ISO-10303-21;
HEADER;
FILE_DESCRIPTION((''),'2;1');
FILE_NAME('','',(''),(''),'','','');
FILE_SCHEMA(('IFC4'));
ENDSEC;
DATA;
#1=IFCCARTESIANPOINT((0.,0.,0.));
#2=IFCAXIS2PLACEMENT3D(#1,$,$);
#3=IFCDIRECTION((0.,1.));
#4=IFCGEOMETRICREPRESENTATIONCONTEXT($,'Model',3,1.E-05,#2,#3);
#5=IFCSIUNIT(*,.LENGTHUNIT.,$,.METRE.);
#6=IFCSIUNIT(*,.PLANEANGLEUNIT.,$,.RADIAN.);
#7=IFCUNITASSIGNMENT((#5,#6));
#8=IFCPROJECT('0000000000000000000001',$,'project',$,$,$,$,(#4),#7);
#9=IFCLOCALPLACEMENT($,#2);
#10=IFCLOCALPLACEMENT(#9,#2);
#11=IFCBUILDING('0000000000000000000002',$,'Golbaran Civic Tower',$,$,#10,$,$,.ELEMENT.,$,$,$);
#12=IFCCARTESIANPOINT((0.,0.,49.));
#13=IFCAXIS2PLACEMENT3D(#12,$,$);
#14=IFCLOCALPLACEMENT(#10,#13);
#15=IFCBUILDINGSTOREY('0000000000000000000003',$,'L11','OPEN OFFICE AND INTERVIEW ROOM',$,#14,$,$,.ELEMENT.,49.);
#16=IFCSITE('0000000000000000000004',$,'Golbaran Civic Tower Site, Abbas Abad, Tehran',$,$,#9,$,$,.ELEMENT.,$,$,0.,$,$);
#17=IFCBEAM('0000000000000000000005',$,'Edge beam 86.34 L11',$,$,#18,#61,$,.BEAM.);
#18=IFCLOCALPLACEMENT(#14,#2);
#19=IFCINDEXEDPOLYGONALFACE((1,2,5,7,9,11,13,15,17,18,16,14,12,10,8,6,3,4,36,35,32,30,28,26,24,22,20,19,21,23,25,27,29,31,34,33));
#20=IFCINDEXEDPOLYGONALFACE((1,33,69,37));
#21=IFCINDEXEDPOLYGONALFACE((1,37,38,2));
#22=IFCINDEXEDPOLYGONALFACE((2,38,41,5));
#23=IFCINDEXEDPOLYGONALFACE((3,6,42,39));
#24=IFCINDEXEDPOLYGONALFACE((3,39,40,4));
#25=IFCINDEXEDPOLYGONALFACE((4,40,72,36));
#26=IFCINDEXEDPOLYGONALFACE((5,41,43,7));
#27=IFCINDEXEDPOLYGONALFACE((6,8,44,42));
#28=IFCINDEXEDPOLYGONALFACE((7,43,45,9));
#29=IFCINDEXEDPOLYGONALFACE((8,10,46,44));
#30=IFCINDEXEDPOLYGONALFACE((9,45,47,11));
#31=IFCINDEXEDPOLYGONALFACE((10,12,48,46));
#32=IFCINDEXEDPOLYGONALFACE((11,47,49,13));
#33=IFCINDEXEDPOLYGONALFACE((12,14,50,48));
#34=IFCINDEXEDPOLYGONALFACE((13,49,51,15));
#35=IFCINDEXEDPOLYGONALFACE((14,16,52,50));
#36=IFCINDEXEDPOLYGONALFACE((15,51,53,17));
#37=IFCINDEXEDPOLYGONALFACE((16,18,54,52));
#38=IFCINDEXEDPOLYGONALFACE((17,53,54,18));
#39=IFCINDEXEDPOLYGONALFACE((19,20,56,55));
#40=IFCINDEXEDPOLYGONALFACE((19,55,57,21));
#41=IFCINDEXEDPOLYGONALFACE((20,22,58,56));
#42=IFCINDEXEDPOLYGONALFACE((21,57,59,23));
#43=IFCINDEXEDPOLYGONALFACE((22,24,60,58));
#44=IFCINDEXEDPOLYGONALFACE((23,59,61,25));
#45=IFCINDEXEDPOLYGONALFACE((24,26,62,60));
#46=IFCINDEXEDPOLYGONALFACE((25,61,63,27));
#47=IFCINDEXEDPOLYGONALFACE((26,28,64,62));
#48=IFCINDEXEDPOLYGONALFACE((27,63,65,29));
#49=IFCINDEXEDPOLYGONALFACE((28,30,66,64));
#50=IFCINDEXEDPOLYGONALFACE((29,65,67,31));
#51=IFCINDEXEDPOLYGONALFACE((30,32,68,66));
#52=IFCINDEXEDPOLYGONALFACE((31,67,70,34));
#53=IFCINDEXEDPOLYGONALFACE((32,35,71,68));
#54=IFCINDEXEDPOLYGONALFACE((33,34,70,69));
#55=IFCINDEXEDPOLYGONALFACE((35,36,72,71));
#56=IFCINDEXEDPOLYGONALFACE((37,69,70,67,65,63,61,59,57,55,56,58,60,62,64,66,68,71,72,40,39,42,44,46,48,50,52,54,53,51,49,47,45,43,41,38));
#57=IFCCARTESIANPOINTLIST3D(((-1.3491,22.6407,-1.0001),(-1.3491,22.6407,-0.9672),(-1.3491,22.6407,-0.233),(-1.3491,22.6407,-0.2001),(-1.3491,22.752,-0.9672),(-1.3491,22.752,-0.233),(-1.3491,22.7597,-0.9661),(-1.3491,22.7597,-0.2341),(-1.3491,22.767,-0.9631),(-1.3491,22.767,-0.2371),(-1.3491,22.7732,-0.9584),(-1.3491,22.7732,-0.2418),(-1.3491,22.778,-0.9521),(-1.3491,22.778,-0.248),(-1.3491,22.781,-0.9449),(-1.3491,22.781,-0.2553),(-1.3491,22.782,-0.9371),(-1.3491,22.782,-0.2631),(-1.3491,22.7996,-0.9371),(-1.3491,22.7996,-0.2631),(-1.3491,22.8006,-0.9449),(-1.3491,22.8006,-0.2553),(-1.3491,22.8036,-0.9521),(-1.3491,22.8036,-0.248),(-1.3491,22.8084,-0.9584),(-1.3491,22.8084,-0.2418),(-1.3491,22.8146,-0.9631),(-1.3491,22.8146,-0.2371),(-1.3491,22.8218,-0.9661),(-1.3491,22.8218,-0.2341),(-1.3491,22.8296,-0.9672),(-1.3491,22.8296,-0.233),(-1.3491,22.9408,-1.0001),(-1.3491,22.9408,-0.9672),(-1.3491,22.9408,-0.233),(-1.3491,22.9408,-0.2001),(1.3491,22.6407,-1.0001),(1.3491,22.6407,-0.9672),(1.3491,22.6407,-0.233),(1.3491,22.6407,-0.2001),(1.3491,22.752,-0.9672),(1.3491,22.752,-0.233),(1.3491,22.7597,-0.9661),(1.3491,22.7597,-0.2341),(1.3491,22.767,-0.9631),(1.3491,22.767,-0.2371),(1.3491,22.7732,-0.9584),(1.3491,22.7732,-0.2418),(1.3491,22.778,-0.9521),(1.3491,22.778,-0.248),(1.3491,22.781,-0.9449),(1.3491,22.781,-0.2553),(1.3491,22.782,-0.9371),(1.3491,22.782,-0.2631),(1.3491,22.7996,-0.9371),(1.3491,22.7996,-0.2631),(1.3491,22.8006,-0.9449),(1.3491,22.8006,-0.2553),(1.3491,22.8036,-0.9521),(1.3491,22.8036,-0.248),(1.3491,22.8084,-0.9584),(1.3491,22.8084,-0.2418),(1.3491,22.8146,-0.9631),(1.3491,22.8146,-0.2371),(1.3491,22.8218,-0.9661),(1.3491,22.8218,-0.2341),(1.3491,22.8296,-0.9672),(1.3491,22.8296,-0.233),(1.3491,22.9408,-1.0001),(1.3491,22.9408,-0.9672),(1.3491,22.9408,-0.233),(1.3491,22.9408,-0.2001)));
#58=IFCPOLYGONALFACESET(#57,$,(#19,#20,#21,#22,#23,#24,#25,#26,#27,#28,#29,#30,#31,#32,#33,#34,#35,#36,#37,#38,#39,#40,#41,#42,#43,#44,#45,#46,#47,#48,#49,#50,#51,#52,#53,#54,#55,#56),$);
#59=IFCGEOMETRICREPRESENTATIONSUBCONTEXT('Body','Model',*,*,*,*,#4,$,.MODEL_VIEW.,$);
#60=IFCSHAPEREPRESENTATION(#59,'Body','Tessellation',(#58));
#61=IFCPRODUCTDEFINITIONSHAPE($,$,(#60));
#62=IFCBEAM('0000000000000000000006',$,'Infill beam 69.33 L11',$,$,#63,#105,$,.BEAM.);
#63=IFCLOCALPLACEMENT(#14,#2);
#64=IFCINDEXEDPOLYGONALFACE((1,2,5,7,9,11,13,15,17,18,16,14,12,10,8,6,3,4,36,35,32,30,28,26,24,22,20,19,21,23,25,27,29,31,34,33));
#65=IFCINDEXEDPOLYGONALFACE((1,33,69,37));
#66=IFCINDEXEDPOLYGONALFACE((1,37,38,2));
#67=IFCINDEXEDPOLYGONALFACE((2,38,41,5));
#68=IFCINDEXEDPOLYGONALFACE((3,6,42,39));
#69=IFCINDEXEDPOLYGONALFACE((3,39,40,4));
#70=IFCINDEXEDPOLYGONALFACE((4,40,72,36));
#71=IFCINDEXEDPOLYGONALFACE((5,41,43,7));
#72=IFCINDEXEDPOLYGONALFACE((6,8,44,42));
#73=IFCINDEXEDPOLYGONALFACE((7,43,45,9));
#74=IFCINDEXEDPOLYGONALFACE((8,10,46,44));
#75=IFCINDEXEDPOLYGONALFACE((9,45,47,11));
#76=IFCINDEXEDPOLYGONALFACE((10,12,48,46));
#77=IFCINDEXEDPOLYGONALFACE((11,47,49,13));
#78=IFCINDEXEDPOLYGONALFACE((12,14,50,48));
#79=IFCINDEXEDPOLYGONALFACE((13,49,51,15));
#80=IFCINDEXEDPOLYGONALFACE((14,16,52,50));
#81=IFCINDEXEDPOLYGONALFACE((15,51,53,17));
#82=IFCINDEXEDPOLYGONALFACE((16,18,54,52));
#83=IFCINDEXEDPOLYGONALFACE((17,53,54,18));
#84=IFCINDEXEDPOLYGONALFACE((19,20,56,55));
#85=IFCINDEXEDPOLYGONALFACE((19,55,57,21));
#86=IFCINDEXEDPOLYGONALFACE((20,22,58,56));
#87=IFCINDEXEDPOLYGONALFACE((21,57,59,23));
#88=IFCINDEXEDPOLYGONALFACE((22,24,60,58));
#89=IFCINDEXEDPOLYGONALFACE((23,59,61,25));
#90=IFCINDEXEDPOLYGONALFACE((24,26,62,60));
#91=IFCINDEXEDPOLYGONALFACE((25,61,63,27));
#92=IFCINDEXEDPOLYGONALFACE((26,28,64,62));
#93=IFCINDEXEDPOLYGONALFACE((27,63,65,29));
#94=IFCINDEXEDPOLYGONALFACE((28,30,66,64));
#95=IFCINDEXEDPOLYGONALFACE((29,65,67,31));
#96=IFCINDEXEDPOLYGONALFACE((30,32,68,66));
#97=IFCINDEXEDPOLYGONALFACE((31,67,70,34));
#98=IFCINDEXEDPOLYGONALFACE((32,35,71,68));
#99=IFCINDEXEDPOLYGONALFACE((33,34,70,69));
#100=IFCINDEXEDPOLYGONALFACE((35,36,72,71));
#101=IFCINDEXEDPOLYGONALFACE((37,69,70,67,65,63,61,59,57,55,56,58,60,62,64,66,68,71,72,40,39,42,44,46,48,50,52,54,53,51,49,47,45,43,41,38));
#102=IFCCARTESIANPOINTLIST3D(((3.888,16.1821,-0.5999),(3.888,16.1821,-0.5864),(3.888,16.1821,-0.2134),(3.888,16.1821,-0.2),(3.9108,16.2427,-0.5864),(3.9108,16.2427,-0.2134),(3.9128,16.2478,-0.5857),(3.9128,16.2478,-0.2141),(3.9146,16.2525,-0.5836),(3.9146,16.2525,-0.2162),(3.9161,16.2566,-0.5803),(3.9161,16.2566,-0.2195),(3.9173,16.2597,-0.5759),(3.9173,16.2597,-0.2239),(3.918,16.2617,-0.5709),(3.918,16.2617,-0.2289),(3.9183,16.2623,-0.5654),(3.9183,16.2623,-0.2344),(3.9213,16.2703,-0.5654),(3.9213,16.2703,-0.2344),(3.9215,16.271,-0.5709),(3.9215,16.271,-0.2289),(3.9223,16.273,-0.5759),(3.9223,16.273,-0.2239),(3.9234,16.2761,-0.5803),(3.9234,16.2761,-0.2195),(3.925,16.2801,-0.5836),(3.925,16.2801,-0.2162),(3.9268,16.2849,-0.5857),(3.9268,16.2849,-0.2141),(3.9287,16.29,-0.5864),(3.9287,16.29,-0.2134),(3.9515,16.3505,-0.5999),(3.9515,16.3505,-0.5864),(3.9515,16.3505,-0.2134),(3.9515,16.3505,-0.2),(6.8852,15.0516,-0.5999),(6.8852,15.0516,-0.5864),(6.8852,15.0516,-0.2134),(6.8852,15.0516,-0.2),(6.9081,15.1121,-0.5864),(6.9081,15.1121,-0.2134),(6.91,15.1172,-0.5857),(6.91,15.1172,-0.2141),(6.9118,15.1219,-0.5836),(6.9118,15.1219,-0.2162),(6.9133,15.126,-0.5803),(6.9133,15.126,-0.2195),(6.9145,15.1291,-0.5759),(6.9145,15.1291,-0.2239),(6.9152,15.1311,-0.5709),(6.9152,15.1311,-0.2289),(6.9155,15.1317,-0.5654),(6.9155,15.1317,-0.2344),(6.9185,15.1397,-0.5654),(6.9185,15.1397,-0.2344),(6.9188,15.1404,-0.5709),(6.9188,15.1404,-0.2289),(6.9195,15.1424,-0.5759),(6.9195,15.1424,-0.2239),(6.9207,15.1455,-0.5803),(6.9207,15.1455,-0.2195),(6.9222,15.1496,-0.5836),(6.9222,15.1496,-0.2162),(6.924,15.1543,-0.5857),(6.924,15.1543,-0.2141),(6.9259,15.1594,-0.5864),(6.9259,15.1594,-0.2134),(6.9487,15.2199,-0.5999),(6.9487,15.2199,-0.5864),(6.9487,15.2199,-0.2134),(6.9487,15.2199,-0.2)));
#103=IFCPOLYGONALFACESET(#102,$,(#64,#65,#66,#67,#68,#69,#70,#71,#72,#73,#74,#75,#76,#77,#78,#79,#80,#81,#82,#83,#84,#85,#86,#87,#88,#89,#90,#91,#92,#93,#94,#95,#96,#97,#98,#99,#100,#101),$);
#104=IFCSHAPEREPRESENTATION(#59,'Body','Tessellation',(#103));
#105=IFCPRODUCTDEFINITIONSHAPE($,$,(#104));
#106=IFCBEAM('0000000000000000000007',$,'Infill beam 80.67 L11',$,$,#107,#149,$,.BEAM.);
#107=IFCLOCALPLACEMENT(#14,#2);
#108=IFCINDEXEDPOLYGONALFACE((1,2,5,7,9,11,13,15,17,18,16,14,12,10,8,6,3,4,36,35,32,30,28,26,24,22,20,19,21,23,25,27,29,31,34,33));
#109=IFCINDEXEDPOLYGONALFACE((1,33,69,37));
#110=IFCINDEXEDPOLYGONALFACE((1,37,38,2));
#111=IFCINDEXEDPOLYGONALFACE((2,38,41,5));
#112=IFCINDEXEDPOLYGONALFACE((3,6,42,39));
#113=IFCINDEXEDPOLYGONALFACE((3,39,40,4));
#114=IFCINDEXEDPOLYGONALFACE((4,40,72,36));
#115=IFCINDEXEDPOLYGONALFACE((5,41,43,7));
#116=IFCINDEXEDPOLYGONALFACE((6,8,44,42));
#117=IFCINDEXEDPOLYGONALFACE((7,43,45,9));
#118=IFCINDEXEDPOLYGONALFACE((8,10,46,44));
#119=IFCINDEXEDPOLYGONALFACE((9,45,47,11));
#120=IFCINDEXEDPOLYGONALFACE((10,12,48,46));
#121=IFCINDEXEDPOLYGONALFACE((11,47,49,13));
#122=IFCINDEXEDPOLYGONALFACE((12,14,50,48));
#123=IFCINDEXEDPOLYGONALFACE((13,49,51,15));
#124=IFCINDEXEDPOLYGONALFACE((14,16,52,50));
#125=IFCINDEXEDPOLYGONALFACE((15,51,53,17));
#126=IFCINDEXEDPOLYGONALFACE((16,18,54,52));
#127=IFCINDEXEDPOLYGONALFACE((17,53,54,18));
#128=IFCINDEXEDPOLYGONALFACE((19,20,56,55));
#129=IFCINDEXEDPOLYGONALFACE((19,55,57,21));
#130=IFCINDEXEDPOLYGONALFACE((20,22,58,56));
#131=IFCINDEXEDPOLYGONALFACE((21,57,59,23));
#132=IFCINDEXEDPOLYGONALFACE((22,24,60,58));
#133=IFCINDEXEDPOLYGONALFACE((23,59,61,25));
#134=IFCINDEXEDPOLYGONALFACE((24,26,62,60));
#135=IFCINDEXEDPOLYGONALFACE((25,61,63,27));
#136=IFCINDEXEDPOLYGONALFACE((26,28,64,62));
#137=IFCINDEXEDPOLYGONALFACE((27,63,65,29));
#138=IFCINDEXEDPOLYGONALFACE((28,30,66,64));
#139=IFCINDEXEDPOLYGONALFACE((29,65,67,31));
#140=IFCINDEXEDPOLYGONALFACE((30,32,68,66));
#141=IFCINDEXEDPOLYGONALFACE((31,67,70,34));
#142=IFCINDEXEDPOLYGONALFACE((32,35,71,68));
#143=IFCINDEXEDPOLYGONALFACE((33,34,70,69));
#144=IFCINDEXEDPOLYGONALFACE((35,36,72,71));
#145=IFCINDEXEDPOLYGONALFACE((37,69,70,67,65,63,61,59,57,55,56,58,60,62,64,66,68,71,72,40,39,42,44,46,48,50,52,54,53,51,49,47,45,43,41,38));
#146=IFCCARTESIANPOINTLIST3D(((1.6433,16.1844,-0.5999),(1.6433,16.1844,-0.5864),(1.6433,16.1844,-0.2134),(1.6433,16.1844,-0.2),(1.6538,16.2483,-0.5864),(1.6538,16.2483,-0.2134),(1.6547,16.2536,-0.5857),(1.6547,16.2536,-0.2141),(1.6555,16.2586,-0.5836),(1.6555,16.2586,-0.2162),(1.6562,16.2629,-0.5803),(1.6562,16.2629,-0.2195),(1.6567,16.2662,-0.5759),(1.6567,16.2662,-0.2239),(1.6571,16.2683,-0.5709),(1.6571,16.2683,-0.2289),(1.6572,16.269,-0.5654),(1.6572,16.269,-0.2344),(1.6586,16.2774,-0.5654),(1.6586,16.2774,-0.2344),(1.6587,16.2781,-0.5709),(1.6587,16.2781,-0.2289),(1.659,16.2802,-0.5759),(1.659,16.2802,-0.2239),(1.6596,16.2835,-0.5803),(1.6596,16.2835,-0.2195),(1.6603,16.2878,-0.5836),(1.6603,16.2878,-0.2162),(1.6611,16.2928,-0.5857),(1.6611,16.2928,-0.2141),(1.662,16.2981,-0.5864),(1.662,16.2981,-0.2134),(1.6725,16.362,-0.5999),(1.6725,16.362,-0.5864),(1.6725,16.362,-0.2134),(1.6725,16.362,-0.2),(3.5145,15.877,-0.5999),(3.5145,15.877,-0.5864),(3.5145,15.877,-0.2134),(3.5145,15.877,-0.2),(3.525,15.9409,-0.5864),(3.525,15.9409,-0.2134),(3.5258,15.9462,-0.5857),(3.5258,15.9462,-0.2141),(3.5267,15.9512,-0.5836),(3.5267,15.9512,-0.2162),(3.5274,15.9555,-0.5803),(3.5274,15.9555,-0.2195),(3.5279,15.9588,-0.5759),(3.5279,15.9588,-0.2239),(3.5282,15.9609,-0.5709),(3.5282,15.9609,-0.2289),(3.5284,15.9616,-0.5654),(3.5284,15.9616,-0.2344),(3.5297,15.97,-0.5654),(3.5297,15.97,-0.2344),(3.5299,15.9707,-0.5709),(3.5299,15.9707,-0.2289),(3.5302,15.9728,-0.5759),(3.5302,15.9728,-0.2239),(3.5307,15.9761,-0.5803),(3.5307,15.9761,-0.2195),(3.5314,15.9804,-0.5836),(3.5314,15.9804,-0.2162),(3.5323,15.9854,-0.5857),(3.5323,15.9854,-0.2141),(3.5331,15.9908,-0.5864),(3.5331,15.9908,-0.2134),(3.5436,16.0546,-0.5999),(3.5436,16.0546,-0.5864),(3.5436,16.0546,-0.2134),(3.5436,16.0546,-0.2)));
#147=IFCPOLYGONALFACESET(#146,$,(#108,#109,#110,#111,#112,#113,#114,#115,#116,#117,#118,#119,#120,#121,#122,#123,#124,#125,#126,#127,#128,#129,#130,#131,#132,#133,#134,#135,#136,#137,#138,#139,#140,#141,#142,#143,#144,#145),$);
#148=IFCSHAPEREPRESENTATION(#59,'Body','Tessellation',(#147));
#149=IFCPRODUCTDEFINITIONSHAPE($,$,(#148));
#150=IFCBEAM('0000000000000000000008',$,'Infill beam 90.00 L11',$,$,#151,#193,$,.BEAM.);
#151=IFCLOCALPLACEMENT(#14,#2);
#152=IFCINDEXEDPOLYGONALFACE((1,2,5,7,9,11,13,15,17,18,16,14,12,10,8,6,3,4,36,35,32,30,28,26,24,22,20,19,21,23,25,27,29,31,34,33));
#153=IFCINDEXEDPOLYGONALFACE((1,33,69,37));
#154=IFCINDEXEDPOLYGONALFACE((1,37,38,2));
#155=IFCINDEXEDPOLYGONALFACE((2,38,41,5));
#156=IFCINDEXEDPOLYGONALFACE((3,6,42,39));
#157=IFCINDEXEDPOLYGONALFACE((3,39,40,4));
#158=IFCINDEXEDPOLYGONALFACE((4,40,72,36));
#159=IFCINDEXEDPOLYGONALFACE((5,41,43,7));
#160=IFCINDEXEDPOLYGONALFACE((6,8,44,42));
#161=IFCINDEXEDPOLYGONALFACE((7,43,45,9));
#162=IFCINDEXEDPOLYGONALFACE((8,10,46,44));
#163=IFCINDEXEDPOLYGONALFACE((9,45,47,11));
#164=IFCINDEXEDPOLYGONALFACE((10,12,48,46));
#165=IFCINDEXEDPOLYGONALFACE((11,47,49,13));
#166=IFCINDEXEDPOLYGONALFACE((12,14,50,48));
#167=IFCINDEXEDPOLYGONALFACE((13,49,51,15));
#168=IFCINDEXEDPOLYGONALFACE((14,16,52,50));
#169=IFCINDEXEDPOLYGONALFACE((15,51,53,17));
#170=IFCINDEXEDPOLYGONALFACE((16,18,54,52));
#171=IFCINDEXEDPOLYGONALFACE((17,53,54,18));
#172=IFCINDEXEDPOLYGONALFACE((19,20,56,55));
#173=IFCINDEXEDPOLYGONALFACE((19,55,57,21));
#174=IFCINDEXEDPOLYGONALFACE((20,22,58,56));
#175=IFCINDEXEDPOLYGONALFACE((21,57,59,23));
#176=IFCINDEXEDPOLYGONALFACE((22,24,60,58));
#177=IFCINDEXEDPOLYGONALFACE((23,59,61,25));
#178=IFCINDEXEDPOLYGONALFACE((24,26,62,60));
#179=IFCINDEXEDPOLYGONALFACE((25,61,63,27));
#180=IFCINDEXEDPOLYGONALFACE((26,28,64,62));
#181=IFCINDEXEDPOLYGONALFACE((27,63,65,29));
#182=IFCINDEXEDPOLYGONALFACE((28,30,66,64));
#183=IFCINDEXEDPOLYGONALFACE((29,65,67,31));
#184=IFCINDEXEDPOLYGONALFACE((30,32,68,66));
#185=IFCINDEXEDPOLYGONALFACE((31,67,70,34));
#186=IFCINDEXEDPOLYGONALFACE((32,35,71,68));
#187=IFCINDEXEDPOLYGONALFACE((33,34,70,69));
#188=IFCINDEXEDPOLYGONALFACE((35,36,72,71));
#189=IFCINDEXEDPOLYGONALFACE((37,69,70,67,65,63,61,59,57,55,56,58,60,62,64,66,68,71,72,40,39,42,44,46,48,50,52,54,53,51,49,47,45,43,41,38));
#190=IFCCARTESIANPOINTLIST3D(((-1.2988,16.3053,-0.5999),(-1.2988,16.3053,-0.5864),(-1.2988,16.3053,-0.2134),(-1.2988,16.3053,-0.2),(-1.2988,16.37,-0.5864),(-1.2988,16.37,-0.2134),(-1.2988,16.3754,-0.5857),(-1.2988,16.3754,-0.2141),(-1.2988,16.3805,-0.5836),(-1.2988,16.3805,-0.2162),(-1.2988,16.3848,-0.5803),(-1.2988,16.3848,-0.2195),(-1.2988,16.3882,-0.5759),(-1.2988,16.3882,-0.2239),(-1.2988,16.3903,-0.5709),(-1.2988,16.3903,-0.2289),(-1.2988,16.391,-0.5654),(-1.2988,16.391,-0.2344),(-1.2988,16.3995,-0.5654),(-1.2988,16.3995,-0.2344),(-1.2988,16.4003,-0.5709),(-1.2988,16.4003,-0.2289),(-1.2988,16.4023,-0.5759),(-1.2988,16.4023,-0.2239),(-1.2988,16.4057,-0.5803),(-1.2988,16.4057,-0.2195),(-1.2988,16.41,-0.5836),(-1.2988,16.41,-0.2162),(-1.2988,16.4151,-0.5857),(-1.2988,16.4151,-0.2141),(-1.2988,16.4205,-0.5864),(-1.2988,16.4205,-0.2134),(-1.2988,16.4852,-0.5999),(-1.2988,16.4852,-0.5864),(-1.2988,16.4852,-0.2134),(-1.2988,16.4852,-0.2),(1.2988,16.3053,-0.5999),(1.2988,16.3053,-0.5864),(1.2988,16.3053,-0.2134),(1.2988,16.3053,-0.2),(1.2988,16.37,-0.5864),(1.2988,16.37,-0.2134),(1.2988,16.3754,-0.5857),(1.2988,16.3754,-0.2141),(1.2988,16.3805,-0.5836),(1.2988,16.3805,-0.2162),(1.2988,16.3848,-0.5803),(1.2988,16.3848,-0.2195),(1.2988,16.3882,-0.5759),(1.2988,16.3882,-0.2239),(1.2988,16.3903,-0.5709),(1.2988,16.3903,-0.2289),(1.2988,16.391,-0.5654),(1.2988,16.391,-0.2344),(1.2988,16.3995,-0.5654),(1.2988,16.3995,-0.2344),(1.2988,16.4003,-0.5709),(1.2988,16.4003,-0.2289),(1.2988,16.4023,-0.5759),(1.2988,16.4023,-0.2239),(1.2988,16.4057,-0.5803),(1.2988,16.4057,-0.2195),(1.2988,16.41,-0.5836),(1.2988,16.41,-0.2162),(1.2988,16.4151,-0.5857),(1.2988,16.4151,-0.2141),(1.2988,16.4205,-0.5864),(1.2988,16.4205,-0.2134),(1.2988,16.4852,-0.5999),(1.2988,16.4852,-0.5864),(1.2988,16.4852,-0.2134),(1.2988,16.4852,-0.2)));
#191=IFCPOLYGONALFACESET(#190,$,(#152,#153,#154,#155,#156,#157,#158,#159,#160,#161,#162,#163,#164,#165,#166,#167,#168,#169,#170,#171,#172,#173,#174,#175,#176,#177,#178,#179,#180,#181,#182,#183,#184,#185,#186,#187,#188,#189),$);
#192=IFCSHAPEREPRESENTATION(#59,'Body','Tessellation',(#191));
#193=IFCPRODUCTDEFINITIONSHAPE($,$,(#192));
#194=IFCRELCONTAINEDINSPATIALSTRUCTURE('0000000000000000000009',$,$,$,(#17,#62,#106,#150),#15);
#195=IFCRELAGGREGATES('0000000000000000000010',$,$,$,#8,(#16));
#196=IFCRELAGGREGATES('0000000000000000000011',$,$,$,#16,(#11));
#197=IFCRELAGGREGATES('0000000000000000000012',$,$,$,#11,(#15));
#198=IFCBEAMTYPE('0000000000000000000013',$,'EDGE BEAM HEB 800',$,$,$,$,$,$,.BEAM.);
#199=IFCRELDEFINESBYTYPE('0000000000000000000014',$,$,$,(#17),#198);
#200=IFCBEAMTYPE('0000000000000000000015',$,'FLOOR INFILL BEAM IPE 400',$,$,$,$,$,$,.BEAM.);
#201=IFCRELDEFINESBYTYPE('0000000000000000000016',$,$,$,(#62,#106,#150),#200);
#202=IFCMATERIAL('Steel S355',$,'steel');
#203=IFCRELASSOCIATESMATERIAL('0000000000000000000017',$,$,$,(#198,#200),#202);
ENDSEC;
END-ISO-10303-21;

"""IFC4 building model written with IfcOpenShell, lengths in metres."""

from ifc_helpers import new_model, si_unit, direction, frame, origin, origin_2d, place, context, subcontext, project, spatial, i_section, extrude, material, material_profile, profile_set, type_object, element, save


model = new_model("IFC4")

# Units and contexts
model_context = context("Model", 3, precision=1e-05, world=origin(), true_north=direction((0.0, 1.0)))
body_context = subcontext(model_context, "Body", "Model", "MODEL_VIEW")
ifc_project = project(units=[si_unit("LENGTHUNIT", "METRE"), si_unit("PLANEANGLEUNIT", "RADIAN")], contexts=[model_context])

# Site, building, storey
site_placement = place(None, origin())
site = spatial("IfcSite", under=ifc_project, at=site_placement, Name="Golbaran Civic Tower Site, Abbas Abad, Tehran", CompositionType="ELEMENT", RefElevation=0.0)
building_placement = place(site_placement, origin())
building = spatial("IfcBuilding", under=site, at=building_placement, Name="Golbaran Civic Tower", CompositionType="ELEMENT")
storey_placement = place(building_placement, frame((0.0, 0.0, 49.0)))
storey = spatial("IfcBuildingStorey", under=building, at=storey_placement, Name="L11", Description="OPEN OFFICE AND INTERVIEW ROOM", CompositionType="ELEMENT", Elevation=49.0)

# Beams
ifc_material_1 = material(Name="Steel S355", Category="steel")
ifc_material_profile_1 = material_profile(ifc_material_1, i_section(OverallWidth=0.3, OverallDepth=0.8, WebThickness=0.0176, FlangeThickness=0.033, FilletRadius=0.03, at=origin_2d()), Name="HEB 800")
ifc_profile_set_1 = profile_set([ifc_material_profile_1], Name="Steel S355")
beam_type_1 = type_object("IfcBeamType", Name="EDGE BEAM HEB 800", PredefinedType="BEAM", material=ifc_profile_set_1)
beam_1_placement = place(storey_placement, frame((1.3491, 22.7908, -0.6001), z_axis=(-1.0, 0.0, 0.0), x_axis=(0.0, -1.0, 0.0)))
element("IfcBeam", 1, at=beam_1_placement, inside=storey, type_object=beam_type_1, Name="Edge beam 86.34 L11", PredefinedType="BEAM", context=body_context, shape_type="SweptSolid", body=[
    extrude(i_section(OverallWidth=0.3, OverallDepth=0.8, WebThickness=0.0176, FlangeThickness=0.033, FilletRadius=0.03, at=origin_2d()), origin(), (0.0, 0.0, 1.0), 2.6982),
])
ifc_material_profile_2 = material_profile(ifc_material_1, i_section(OverallWidth=0.1799, OverallDepth=0.3999, WebThickness=0.0085, FlangeThickness=0.0134, FilletRadius=0.021, at=origin_2d()), Name="IPE 400")
ifc_profile_set_2 = profile_set([ifc_material_profile_2], Name="Steel S355")
beam_type_2 = type_object("IfcBeamType", Name="FLOOR INFILL BEAM IPE 400", PredefinedType="BEAM", material=ifc_profile_set_2)
beam_2_placement = place(storey_placement, frame((6.917, 15.1357, -0.3999), z_axis=(-0.935648, 0.352935, 0.0), x_axis=(-0.352935, -0.935648, 0.0)))
element("IfcBeam", 2, at=beam_2_placement, inside=storey, type_object=beam_type_2, Name="Infill beam 69.33 L11", PredefinedType="BEAM", context=body_context, shape_type="SweptSolid", body=[
    extrude(i_section(OverallWidth=0.1799, OverallDepth=0.3999, WebThickness=0.0085, FlangeThickness=0.0134, FilletRadius=0.021, at=origin_2d()), origin(), (0.0, 0.0, 1.0), 3.2034),
])
beam_3_placement = place(storey_placement, frame((3.5291, 15.9658, -0.3999), z_axis=(-0.986774, 0.162102, 0.0), x_axis=(-0.162102, -0.986774, 0.0)))
element("IfcBeam", 3, at=beam_3_placement, inside=storey, type_object=beam_type_2, Name="Infill beam 80.67 L11", PredefinedType="BEAM", context=body_context, shape_type="SweptSolid", body=[
    extrude(i_section(OverallWidth=0.1799, OverallDepth=0.3999, WebThickness=0.0085, FlangeThickness=0.0134, FilletRadius=0.021, at=origin_2d()), origin(), (0.0, 0.0, 1.0), 1.8962),
])
beam_4_placement = place(storey_placement, frame((1.2988, 16.3953, -0.3999), z_axis=(-1.0, 0.0, 0.0), x_axis=(0.0, -1.0, 0.0)))
element("IfcBeam", 4, at=beam_4_placement, inside=storey, type_object=beam_type_2, Name="Infill beam 90.00 L11", PredefinedType="BEAM", context=body_context, shape_type="SweptSolid", body=[
    extrude(i_section(OverallWidth=0.1799, OverallDepth=0.3999, WebThickness=0.0085, FlangeThickness=0.0134, FilletRadius=0.021, at=origin_2d()), origin(), (0.0, 0.0, 1.0), 2.5977),
])

save(model, "model.ifc")
